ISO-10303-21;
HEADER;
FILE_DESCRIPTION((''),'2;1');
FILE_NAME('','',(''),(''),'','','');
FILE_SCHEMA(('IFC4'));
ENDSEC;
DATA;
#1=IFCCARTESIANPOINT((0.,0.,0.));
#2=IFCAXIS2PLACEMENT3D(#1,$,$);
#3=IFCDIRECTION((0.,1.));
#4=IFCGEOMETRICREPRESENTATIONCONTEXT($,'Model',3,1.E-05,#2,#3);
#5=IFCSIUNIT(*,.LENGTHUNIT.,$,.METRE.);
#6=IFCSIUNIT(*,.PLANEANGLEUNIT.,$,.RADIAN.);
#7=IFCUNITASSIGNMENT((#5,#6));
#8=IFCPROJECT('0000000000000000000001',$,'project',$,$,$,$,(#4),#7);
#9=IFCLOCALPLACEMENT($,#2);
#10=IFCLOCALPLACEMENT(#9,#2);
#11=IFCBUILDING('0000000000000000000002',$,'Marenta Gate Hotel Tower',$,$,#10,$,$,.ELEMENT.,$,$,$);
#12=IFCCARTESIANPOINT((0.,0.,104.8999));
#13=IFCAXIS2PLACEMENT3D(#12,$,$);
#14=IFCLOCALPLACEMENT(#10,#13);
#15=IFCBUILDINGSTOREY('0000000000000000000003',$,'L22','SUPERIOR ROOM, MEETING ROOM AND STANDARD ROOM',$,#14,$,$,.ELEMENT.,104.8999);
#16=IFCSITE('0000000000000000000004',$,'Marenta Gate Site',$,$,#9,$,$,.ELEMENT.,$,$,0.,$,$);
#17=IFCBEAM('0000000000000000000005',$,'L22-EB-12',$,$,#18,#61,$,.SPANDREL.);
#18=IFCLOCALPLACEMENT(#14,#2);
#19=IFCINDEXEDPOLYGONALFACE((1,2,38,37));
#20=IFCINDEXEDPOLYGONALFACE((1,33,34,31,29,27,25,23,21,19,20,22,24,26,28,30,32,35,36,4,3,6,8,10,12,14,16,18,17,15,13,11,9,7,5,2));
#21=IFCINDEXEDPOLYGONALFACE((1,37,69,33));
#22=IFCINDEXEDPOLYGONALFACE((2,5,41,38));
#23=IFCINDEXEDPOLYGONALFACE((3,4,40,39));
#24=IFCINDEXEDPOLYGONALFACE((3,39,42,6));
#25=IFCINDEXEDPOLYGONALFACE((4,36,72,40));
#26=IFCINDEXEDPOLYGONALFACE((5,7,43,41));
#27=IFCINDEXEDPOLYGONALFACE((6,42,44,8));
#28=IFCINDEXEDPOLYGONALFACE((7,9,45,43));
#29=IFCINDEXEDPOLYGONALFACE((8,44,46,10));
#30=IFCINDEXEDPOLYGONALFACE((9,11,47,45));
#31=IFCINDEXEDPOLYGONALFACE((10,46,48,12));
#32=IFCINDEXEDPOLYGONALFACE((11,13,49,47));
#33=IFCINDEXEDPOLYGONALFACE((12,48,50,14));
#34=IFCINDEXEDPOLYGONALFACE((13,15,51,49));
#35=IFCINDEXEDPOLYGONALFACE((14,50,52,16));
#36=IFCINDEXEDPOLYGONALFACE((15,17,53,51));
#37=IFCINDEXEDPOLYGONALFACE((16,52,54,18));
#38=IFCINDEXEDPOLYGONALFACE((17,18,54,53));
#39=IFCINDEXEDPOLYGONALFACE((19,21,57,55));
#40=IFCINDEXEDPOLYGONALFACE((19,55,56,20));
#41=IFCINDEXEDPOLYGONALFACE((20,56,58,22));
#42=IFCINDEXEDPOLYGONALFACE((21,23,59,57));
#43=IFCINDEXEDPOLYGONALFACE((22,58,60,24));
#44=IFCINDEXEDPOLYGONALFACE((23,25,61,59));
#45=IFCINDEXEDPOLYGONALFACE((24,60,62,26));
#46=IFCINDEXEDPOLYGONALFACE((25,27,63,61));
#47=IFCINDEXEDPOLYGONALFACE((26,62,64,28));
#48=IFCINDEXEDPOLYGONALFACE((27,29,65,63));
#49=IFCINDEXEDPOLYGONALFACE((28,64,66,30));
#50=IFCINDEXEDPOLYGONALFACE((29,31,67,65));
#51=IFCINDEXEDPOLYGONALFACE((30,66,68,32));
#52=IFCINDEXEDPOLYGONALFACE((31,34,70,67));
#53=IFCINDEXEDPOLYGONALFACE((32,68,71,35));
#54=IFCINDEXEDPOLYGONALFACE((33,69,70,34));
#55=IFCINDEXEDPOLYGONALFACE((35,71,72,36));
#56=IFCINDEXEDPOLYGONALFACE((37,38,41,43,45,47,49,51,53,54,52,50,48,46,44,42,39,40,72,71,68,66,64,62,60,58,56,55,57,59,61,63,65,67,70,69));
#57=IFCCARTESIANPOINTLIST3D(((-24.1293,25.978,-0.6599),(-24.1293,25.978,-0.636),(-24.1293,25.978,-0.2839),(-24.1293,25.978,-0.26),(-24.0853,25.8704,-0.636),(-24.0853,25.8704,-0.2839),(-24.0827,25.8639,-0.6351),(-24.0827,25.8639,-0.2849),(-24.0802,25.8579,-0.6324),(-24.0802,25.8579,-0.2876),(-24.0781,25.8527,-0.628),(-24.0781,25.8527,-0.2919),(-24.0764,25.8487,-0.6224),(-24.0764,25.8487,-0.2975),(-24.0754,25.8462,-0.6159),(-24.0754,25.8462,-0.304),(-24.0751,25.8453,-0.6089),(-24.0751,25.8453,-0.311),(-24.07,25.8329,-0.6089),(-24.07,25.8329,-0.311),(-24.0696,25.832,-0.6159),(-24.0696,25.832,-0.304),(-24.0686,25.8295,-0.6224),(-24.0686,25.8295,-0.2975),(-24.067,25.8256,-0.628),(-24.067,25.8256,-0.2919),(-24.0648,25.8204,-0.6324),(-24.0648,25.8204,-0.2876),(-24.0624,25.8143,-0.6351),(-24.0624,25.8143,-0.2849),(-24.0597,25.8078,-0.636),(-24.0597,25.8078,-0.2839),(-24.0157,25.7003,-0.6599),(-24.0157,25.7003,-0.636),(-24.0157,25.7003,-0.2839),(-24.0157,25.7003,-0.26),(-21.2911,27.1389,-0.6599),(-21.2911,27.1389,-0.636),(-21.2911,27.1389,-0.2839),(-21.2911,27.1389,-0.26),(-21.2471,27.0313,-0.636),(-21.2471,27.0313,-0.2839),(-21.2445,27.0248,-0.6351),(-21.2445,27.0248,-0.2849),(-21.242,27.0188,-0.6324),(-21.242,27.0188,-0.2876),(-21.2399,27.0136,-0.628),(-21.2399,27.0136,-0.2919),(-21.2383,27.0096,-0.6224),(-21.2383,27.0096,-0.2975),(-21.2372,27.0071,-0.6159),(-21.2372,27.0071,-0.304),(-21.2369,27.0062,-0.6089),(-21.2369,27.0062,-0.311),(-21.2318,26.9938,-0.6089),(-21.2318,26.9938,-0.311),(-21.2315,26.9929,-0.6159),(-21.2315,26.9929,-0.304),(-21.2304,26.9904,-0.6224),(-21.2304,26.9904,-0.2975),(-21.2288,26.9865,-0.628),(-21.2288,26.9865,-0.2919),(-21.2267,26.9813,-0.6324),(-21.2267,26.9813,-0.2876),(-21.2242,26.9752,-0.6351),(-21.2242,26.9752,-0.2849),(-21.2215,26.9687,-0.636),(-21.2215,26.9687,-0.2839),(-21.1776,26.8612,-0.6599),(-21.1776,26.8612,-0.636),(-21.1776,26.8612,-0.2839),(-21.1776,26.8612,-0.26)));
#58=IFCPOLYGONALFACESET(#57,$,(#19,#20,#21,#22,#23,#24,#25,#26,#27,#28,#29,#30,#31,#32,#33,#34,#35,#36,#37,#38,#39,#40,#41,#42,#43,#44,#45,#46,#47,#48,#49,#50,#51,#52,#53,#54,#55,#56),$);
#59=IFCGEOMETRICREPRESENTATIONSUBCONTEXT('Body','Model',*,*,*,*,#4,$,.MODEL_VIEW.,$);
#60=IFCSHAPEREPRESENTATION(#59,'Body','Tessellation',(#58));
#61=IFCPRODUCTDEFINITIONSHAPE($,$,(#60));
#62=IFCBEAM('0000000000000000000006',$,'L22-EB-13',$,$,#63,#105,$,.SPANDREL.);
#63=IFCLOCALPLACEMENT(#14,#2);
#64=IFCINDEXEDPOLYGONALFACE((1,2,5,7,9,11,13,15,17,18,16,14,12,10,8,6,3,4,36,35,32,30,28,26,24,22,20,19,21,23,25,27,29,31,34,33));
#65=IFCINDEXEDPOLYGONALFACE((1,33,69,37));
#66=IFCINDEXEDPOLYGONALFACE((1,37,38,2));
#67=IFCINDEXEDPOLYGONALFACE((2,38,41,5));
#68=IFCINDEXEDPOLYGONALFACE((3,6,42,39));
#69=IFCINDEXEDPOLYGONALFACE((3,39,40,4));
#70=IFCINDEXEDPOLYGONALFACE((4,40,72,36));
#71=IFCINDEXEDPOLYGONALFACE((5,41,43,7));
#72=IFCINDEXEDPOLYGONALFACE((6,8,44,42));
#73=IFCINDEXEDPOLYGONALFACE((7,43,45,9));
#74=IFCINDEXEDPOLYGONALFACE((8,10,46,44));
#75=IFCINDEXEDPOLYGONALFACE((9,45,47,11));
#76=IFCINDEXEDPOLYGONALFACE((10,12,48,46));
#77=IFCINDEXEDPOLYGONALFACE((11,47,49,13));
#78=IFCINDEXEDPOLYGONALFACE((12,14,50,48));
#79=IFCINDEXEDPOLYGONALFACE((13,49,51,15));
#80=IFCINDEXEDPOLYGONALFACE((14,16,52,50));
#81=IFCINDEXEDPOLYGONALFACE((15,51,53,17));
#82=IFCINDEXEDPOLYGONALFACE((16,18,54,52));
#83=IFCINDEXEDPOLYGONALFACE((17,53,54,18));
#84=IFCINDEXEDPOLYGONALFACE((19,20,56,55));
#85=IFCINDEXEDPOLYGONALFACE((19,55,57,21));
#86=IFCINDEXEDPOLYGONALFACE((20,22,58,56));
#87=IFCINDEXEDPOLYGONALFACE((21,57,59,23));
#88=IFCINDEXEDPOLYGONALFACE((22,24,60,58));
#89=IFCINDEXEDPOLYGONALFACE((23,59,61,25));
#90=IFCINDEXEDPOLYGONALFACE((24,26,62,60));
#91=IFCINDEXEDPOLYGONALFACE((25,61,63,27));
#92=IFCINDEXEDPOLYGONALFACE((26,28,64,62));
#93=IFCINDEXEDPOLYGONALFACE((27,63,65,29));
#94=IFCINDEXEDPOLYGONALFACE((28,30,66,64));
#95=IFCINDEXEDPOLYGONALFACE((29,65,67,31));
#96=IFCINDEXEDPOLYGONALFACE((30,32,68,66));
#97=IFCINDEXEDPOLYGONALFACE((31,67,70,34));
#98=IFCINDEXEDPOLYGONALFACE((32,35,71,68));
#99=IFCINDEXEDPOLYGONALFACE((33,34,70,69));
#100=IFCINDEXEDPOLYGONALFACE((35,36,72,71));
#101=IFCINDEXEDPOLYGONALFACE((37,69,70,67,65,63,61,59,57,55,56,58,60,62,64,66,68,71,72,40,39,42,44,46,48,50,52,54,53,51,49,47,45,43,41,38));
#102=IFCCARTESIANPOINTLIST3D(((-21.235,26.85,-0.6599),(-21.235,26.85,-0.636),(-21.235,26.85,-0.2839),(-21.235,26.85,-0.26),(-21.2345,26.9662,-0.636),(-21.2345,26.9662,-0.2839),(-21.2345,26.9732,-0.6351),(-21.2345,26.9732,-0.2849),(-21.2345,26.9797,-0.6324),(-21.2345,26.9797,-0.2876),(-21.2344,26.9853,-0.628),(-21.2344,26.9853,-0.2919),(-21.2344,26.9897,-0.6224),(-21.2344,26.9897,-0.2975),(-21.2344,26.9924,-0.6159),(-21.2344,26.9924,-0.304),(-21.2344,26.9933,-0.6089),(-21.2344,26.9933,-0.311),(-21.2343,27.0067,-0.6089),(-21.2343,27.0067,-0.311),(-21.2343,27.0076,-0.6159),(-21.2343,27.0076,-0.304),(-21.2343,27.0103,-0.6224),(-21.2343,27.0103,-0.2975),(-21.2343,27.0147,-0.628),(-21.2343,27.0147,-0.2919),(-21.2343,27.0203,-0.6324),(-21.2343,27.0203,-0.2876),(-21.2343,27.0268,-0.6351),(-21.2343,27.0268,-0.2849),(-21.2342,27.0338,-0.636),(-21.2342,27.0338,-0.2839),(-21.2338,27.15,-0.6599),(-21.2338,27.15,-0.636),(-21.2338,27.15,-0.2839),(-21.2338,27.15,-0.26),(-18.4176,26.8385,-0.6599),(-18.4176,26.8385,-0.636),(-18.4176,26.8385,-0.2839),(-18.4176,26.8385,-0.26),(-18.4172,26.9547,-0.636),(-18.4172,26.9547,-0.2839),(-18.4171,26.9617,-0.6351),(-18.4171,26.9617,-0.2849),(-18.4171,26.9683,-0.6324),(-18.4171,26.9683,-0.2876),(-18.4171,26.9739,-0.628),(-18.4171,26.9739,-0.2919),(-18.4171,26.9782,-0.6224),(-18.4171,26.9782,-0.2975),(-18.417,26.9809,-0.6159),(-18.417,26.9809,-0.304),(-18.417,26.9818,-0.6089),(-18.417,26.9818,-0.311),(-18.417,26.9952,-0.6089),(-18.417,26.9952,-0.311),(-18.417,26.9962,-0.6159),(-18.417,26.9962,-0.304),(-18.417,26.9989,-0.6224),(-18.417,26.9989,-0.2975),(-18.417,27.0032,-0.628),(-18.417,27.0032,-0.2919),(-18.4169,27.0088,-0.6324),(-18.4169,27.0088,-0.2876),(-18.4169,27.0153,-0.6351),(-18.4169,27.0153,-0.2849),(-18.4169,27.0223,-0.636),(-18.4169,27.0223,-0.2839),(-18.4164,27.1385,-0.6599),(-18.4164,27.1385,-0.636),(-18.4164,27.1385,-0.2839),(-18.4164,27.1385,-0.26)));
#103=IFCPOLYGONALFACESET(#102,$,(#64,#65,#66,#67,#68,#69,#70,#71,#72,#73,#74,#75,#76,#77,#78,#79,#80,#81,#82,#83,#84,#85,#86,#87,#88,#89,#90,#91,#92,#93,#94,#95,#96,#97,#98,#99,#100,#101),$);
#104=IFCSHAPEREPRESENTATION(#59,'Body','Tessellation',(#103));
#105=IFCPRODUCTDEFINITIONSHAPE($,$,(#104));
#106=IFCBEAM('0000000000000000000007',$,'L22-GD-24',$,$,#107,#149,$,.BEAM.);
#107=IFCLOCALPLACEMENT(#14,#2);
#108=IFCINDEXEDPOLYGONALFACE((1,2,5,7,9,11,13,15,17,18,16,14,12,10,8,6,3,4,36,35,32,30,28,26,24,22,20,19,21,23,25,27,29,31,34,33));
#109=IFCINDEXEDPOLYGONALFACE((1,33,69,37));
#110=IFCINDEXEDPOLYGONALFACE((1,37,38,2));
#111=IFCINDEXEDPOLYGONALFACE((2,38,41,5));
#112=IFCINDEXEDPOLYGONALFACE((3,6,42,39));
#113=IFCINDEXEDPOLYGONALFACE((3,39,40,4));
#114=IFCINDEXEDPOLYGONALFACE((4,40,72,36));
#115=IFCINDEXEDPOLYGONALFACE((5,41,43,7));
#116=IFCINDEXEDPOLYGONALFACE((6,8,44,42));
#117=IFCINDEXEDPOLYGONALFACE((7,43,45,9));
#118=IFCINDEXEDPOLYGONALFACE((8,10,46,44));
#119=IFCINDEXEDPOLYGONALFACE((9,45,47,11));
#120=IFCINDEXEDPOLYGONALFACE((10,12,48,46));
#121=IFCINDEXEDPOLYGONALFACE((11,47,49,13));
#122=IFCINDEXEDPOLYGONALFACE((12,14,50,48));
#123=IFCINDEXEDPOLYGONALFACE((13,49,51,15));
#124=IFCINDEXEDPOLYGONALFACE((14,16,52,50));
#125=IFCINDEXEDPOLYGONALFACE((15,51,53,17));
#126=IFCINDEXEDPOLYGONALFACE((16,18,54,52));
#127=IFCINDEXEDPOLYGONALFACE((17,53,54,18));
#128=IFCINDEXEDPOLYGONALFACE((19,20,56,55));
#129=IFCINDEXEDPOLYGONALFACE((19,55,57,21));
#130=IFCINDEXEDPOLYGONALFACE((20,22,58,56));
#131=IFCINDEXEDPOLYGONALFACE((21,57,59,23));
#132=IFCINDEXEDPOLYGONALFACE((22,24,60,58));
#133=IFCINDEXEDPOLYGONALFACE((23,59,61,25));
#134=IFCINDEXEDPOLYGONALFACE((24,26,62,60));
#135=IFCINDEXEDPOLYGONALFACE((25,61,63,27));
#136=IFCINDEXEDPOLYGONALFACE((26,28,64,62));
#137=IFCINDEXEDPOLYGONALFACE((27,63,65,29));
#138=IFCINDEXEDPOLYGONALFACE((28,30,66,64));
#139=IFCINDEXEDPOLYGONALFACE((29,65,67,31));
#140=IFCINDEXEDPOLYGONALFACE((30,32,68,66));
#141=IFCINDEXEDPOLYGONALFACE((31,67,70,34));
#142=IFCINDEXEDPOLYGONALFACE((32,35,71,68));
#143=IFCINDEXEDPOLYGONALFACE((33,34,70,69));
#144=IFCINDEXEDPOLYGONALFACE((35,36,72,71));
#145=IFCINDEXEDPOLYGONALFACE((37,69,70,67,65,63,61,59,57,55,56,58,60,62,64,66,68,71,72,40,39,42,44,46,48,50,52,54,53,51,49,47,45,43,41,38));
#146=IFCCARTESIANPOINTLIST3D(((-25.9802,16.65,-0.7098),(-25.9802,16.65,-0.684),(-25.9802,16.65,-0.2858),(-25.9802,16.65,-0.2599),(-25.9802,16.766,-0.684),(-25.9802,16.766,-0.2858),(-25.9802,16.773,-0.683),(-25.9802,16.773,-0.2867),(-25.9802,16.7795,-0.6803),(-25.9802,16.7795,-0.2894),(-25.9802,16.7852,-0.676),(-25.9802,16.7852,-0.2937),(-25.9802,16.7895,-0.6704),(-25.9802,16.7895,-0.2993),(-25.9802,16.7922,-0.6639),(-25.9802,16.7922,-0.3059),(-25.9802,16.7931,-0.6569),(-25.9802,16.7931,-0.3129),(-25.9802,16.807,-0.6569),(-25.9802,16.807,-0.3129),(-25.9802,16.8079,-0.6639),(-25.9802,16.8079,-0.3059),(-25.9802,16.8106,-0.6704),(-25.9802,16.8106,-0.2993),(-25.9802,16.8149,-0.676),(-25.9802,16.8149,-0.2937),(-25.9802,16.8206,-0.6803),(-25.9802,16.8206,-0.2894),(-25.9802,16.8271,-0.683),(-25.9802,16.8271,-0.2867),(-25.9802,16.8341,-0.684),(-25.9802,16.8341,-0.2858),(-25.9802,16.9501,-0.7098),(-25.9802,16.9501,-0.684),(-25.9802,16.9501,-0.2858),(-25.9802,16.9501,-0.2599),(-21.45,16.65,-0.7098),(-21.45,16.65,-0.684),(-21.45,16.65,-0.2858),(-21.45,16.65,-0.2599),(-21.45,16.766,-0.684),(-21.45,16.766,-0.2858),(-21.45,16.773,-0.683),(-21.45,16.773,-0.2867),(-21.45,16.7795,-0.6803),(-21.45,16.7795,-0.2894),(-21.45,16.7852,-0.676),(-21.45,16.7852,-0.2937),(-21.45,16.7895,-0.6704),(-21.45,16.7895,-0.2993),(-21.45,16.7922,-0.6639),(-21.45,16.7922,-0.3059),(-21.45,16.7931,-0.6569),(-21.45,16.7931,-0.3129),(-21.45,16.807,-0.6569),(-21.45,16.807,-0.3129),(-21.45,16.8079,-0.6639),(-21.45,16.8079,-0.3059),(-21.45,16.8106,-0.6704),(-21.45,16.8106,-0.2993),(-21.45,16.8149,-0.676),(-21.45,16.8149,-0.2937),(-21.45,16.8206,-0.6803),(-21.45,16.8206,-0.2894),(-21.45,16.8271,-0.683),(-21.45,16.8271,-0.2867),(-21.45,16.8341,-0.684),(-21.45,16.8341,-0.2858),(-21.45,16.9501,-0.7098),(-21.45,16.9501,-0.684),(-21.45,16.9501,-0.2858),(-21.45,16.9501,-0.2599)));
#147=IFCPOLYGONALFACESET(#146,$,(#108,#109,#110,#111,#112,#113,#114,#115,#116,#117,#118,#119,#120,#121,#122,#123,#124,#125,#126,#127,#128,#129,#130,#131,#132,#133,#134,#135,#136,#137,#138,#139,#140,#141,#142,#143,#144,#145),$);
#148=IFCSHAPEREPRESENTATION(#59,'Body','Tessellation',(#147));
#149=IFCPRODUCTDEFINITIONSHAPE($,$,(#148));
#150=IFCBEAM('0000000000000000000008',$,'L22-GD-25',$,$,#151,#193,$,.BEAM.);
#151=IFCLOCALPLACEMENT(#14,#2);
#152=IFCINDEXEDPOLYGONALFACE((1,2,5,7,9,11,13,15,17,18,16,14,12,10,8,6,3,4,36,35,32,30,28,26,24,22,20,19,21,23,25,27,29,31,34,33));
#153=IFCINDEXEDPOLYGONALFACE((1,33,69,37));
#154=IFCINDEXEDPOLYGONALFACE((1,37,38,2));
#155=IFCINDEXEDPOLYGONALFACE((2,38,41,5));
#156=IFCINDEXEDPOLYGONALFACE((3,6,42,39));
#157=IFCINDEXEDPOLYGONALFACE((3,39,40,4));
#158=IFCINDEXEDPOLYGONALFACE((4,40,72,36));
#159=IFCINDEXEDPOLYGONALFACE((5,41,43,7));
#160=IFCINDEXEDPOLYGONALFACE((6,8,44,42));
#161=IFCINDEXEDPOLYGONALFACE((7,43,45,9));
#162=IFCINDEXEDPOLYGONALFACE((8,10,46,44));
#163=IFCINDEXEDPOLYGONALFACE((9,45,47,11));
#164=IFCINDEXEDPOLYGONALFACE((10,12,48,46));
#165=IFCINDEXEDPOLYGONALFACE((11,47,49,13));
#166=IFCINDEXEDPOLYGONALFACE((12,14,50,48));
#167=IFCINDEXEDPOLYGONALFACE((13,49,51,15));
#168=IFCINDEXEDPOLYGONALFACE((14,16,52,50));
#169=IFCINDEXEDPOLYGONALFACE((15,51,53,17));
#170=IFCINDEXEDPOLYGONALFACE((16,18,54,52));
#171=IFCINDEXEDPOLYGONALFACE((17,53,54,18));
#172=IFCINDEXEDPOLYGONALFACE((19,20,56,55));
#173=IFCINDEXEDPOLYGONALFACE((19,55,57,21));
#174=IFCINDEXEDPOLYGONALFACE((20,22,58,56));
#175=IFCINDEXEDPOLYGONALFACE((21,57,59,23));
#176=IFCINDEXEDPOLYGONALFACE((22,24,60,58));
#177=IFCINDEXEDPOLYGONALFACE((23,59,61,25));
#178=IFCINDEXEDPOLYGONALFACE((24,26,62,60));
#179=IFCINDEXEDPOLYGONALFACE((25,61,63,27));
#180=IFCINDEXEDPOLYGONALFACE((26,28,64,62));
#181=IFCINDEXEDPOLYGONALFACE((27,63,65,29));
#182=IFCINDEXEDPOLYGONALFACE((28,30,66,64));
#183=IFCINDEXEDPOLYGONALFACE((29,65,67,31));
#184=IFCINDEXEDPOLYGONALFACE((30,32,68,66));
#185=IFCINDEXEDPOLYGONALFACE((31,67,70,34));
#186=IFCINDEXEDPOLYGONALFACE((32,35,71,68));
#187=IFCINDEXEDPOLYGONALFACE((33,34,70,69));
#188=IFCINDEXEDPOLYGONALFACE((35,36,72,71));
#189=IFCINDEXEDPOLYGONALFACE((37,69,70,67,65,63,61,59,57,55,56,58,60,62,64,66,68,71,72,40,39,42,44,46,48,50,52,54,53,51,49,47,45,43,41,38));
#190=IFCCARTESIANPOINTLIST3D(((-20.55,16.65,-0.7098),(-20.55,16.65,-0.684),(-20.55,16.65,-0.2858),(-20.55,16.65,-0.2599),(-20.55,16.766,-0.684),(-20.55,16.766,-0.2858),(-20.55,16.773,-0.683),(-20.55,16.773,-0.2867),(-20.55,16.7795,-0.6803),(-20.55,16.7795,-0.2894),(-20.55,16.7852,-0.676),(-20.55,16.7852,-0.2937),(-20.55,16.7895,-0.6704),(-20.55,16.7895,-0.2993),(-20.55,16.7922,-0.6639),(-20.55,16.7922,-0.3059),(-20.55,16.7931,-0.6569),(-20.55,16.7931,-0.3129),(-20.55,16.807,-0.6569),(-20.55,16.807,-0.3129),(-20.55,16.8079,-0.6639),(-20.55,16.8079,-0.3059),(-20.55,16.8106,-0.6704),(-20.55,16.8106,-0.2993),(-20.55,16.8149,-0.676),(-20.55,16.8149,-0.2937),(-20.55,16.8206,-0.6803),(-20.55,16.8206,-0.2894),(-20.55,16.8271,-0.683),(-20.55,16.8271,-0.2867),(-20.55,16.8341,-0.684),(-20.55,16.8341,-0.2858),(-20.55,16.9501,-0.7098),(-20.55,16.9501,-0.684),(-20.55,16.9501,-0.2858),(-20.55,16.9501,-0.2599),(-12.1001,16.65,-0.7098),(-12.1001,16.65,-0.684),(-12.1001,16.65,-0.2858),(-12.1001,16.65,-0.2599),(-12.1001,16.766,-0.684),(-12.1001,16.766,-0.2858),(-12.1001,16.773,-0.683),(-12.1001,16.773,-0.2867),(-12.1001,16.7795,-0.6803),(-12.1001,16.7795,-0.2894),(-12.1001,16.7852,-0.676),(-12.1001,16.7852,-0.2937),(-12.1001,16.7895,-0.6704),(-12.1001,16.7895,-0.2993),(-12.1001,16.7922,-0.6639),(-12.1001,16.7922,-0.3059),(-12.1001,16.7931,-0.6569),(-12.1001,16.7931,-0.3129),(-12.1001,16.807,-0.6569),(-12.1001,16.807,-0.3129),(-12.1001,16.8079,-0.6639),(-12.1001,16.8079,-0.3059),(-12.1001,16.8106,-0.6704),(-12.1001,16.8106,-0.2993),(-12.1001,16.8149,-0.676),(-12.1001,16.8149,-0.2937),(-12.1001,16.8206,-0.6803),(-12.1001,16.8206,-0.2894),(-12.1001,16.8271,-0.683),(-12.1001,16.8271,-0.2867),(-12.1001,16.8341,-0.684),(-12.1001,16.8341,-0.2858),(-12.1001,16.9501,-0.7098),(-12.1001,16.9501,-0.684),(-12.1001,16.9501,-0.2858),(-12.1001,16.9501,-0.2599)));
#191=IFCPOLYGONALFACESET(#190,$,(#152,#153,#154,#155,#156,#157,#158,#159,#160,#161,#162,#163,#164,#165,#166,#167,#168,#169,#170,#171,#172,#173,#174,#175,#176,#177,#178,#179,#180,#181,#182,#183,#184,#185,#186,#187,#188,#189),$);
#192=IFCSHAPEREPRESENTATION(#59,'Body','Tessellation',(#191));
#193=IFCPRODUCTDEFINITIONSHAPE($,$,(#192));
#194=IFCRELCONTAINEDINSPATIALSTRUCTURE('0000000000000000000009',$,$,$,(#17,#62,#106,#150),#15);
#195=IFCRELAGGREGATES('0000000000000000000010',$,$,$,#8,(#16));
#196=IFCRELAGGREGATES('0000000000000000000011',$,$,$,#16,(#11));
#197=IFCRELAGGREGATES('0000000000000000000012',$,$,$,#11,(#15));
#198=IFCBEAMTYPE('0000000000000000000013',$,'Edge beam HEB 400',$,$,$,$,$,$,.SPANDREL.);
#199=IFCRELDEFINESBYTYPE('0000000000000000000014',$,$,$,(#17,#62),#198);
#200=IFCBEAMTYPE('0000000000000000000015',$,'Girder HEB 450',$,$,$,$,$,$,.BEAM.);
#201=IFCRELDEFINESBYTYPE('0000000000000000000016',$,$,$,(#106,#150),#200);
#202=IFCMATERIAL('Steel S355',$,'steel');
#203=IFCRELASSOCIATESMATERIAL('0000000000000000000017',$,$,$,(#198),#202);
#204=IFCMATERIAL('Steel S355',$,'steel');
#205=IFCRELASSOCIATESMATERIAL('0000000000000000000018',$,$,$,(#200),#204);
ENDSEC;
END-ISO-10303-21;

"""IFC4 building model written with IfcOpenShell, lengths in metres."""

from ifc_helpers import new_model, si_unit, direction, frame, origin, origin_2d, place, context, subcontext, project, spatial, i_section, extrude, material, material_profile, profile_set, type_object, element, save


model = new_model("IFC4")

# Units and contexts
model_context = context("Model", 3, precision=1e-05, world=origin(), true_north=direction((0.0, 1.0)))
body_context = subcontext(model_context, "Body", "Model", "MODEL_VIEW")
ifc_project = project(units=[si_unit("LENGTHUNIT", "METRE"), si_unit("PLANEANGLEUNIT", "RADIAN")], contexts=[model_context])

# Site, building, storey
site_placement = place(None, origin())
site = spatial("IfcSite", under=ifc_project, at=site_placement, Name="Marenta Gate Site", CompositionType="ELEMENT", RefElevation=0.0)
building_placement = place(site_placement, origin())
building = spatial("IfcBuilding", under=site, at=building_placement, Name="Marenta Gate Hotel Tower", CompositionType="ELEMENT")
storey_placement = place(building_placement, frame((0.0, 0.0, 104.8999)))
storey = spatial("IfcBuildingStorey", under=building, at=storey_placement, Name="L22", Description="SUPERIOR ROOM, MEETING ROOM AND STANDARD ROOM", CompositionType="ELEMENT", Elevation=104.8999)

# Beams
ifc_material_1 = material(Name="Steel S355", Category="steel")
ifc_material_profile_1 = material_profile(ifc_material_1, i_section(OverallWidth=0.3, OverallDepth=0.3999, WebThickness=0.0134, FlangeThickness=0.0239, FilletRadius=0.0271, at=origin_2d()), Name="HEB 400")
ifc_profile_set_1 = profile_set([ifc_material_profile_1], Name="Steel S355")
beam_type_1 = type_object("IfcBeamType", Name="Edge beam HEB 400", PredefinedType="SPANDREL", material=ifc_profile_set_1)
beam_1_placement = place(storey_placement, frame((-24.0725, 25.8391, -0.46), z_axis=(0.925566, 0.378586, 0.0), x_axis=(-0.378586, 0.925566, 0.0)))
element("IfcBeam", 1, at=beam_1_placement, inside=storey, type_object=beam_type_1, Name="L22-EB-12", PredefinedType="SPANDREL", context=body_context, shape_type="SweptSolid", body=[
    extrude(i_section(OverallWidth=0.3, OverallDepth=0.3999, WebThickness=0.0134, FlangeThickness=0.0239, FilletRadius=0.0271, at=origin_2d()), origin(), (0.0, 0.0, 1.0), 3.0664),
])
beam_2_placement = place(storey_placement, frame((-21.2344, 27.0, -0.46), z_axis=(0.999992, -0.004073, 0.0), x_axis=(0.004073, 0.999992, 0.0)))
element("IfcBeam", 2, at=beam_2_placement, inside=storey, type_object=beam_type_1, Name="L22-EB-13", PredefinedType="SPANDREL", context=body_context, shape_type="SweptSolid", body=[
    extrude(i_section(OverallWidth=0.3, OverallDepth=0.3999, WebThickness=0.0134, FlangeThickness=0.0239, FilletRadius=0.0271, at=origin_2d()), origin(), (0.0, 0.0, 1.0), 2.8174),
])
ifc_material_2 = material(Name="Steel S355", Category="steel")
ifc_material_profile_2 = material_profile(ifc_material_2, i_section(OverallWidth=0.3, OverallDepth=0.45, WebThickness=0.0139, FlangeThickness=0.0259, FilletRadius=0.0271, at=origin_2d()), Name="HEB 450")
ifc_profile_set_2 = profile_set([ifc_material_profile_2], Name="Steel S355")
beam_type_2 = type_object("IfcBeamType", Name="Girder HEB 450", PredefinedType="BEAM", material=ifc_profile_set_2)
beam_3_placement = place(storey_placement, frame((-25.9802, 16.8, -0.4849), z_axis=(1.0, 0.0, 0.0), x_axis=(0.0, 1.0, 0.0)))
element("IfcBeam", 3, at=beam_3_placement, inside=storey, type_object=beam_type_2, Name="L22-GD-24", PredefinedType="BEAM", context=body_context, shape_type="SweptSolid", body=[
    extrude(i_section(OverallWidth=0.3, OverallDepth=0.45, WebThickness=0.0139, FlangeThickness=0.0259, FilletRadius=0.0271, at=origin_2d()), origin(), (0.0, 0.0, 1.0), 4.5303),
])
beam_4_placement = place(storey_placement, frame((-20.55, 16.8, -0.4849), z_axis=(1.0, 0.0, 0.0), x_axis=(0.0, 1.0, 0.0)))
element("IfcBeam", 4, at=beam_4_placement, inside=storey, type_object=beam_type_2, Name="L22-GD-25", PredefinedType="BEAM", context=body_context, shape_type="SweptSolid", body=[
    extrude(i_section(OverallWidth=0.3, OverallDepth=0.45, WebThickness=0.0139, FlangeThickness=0.0259, FilletRadius=0.0271, at=origin_2d()), origin(), (0.0, 0.0, 1.0), 8.45),
])

save(model, "model.ifc")
